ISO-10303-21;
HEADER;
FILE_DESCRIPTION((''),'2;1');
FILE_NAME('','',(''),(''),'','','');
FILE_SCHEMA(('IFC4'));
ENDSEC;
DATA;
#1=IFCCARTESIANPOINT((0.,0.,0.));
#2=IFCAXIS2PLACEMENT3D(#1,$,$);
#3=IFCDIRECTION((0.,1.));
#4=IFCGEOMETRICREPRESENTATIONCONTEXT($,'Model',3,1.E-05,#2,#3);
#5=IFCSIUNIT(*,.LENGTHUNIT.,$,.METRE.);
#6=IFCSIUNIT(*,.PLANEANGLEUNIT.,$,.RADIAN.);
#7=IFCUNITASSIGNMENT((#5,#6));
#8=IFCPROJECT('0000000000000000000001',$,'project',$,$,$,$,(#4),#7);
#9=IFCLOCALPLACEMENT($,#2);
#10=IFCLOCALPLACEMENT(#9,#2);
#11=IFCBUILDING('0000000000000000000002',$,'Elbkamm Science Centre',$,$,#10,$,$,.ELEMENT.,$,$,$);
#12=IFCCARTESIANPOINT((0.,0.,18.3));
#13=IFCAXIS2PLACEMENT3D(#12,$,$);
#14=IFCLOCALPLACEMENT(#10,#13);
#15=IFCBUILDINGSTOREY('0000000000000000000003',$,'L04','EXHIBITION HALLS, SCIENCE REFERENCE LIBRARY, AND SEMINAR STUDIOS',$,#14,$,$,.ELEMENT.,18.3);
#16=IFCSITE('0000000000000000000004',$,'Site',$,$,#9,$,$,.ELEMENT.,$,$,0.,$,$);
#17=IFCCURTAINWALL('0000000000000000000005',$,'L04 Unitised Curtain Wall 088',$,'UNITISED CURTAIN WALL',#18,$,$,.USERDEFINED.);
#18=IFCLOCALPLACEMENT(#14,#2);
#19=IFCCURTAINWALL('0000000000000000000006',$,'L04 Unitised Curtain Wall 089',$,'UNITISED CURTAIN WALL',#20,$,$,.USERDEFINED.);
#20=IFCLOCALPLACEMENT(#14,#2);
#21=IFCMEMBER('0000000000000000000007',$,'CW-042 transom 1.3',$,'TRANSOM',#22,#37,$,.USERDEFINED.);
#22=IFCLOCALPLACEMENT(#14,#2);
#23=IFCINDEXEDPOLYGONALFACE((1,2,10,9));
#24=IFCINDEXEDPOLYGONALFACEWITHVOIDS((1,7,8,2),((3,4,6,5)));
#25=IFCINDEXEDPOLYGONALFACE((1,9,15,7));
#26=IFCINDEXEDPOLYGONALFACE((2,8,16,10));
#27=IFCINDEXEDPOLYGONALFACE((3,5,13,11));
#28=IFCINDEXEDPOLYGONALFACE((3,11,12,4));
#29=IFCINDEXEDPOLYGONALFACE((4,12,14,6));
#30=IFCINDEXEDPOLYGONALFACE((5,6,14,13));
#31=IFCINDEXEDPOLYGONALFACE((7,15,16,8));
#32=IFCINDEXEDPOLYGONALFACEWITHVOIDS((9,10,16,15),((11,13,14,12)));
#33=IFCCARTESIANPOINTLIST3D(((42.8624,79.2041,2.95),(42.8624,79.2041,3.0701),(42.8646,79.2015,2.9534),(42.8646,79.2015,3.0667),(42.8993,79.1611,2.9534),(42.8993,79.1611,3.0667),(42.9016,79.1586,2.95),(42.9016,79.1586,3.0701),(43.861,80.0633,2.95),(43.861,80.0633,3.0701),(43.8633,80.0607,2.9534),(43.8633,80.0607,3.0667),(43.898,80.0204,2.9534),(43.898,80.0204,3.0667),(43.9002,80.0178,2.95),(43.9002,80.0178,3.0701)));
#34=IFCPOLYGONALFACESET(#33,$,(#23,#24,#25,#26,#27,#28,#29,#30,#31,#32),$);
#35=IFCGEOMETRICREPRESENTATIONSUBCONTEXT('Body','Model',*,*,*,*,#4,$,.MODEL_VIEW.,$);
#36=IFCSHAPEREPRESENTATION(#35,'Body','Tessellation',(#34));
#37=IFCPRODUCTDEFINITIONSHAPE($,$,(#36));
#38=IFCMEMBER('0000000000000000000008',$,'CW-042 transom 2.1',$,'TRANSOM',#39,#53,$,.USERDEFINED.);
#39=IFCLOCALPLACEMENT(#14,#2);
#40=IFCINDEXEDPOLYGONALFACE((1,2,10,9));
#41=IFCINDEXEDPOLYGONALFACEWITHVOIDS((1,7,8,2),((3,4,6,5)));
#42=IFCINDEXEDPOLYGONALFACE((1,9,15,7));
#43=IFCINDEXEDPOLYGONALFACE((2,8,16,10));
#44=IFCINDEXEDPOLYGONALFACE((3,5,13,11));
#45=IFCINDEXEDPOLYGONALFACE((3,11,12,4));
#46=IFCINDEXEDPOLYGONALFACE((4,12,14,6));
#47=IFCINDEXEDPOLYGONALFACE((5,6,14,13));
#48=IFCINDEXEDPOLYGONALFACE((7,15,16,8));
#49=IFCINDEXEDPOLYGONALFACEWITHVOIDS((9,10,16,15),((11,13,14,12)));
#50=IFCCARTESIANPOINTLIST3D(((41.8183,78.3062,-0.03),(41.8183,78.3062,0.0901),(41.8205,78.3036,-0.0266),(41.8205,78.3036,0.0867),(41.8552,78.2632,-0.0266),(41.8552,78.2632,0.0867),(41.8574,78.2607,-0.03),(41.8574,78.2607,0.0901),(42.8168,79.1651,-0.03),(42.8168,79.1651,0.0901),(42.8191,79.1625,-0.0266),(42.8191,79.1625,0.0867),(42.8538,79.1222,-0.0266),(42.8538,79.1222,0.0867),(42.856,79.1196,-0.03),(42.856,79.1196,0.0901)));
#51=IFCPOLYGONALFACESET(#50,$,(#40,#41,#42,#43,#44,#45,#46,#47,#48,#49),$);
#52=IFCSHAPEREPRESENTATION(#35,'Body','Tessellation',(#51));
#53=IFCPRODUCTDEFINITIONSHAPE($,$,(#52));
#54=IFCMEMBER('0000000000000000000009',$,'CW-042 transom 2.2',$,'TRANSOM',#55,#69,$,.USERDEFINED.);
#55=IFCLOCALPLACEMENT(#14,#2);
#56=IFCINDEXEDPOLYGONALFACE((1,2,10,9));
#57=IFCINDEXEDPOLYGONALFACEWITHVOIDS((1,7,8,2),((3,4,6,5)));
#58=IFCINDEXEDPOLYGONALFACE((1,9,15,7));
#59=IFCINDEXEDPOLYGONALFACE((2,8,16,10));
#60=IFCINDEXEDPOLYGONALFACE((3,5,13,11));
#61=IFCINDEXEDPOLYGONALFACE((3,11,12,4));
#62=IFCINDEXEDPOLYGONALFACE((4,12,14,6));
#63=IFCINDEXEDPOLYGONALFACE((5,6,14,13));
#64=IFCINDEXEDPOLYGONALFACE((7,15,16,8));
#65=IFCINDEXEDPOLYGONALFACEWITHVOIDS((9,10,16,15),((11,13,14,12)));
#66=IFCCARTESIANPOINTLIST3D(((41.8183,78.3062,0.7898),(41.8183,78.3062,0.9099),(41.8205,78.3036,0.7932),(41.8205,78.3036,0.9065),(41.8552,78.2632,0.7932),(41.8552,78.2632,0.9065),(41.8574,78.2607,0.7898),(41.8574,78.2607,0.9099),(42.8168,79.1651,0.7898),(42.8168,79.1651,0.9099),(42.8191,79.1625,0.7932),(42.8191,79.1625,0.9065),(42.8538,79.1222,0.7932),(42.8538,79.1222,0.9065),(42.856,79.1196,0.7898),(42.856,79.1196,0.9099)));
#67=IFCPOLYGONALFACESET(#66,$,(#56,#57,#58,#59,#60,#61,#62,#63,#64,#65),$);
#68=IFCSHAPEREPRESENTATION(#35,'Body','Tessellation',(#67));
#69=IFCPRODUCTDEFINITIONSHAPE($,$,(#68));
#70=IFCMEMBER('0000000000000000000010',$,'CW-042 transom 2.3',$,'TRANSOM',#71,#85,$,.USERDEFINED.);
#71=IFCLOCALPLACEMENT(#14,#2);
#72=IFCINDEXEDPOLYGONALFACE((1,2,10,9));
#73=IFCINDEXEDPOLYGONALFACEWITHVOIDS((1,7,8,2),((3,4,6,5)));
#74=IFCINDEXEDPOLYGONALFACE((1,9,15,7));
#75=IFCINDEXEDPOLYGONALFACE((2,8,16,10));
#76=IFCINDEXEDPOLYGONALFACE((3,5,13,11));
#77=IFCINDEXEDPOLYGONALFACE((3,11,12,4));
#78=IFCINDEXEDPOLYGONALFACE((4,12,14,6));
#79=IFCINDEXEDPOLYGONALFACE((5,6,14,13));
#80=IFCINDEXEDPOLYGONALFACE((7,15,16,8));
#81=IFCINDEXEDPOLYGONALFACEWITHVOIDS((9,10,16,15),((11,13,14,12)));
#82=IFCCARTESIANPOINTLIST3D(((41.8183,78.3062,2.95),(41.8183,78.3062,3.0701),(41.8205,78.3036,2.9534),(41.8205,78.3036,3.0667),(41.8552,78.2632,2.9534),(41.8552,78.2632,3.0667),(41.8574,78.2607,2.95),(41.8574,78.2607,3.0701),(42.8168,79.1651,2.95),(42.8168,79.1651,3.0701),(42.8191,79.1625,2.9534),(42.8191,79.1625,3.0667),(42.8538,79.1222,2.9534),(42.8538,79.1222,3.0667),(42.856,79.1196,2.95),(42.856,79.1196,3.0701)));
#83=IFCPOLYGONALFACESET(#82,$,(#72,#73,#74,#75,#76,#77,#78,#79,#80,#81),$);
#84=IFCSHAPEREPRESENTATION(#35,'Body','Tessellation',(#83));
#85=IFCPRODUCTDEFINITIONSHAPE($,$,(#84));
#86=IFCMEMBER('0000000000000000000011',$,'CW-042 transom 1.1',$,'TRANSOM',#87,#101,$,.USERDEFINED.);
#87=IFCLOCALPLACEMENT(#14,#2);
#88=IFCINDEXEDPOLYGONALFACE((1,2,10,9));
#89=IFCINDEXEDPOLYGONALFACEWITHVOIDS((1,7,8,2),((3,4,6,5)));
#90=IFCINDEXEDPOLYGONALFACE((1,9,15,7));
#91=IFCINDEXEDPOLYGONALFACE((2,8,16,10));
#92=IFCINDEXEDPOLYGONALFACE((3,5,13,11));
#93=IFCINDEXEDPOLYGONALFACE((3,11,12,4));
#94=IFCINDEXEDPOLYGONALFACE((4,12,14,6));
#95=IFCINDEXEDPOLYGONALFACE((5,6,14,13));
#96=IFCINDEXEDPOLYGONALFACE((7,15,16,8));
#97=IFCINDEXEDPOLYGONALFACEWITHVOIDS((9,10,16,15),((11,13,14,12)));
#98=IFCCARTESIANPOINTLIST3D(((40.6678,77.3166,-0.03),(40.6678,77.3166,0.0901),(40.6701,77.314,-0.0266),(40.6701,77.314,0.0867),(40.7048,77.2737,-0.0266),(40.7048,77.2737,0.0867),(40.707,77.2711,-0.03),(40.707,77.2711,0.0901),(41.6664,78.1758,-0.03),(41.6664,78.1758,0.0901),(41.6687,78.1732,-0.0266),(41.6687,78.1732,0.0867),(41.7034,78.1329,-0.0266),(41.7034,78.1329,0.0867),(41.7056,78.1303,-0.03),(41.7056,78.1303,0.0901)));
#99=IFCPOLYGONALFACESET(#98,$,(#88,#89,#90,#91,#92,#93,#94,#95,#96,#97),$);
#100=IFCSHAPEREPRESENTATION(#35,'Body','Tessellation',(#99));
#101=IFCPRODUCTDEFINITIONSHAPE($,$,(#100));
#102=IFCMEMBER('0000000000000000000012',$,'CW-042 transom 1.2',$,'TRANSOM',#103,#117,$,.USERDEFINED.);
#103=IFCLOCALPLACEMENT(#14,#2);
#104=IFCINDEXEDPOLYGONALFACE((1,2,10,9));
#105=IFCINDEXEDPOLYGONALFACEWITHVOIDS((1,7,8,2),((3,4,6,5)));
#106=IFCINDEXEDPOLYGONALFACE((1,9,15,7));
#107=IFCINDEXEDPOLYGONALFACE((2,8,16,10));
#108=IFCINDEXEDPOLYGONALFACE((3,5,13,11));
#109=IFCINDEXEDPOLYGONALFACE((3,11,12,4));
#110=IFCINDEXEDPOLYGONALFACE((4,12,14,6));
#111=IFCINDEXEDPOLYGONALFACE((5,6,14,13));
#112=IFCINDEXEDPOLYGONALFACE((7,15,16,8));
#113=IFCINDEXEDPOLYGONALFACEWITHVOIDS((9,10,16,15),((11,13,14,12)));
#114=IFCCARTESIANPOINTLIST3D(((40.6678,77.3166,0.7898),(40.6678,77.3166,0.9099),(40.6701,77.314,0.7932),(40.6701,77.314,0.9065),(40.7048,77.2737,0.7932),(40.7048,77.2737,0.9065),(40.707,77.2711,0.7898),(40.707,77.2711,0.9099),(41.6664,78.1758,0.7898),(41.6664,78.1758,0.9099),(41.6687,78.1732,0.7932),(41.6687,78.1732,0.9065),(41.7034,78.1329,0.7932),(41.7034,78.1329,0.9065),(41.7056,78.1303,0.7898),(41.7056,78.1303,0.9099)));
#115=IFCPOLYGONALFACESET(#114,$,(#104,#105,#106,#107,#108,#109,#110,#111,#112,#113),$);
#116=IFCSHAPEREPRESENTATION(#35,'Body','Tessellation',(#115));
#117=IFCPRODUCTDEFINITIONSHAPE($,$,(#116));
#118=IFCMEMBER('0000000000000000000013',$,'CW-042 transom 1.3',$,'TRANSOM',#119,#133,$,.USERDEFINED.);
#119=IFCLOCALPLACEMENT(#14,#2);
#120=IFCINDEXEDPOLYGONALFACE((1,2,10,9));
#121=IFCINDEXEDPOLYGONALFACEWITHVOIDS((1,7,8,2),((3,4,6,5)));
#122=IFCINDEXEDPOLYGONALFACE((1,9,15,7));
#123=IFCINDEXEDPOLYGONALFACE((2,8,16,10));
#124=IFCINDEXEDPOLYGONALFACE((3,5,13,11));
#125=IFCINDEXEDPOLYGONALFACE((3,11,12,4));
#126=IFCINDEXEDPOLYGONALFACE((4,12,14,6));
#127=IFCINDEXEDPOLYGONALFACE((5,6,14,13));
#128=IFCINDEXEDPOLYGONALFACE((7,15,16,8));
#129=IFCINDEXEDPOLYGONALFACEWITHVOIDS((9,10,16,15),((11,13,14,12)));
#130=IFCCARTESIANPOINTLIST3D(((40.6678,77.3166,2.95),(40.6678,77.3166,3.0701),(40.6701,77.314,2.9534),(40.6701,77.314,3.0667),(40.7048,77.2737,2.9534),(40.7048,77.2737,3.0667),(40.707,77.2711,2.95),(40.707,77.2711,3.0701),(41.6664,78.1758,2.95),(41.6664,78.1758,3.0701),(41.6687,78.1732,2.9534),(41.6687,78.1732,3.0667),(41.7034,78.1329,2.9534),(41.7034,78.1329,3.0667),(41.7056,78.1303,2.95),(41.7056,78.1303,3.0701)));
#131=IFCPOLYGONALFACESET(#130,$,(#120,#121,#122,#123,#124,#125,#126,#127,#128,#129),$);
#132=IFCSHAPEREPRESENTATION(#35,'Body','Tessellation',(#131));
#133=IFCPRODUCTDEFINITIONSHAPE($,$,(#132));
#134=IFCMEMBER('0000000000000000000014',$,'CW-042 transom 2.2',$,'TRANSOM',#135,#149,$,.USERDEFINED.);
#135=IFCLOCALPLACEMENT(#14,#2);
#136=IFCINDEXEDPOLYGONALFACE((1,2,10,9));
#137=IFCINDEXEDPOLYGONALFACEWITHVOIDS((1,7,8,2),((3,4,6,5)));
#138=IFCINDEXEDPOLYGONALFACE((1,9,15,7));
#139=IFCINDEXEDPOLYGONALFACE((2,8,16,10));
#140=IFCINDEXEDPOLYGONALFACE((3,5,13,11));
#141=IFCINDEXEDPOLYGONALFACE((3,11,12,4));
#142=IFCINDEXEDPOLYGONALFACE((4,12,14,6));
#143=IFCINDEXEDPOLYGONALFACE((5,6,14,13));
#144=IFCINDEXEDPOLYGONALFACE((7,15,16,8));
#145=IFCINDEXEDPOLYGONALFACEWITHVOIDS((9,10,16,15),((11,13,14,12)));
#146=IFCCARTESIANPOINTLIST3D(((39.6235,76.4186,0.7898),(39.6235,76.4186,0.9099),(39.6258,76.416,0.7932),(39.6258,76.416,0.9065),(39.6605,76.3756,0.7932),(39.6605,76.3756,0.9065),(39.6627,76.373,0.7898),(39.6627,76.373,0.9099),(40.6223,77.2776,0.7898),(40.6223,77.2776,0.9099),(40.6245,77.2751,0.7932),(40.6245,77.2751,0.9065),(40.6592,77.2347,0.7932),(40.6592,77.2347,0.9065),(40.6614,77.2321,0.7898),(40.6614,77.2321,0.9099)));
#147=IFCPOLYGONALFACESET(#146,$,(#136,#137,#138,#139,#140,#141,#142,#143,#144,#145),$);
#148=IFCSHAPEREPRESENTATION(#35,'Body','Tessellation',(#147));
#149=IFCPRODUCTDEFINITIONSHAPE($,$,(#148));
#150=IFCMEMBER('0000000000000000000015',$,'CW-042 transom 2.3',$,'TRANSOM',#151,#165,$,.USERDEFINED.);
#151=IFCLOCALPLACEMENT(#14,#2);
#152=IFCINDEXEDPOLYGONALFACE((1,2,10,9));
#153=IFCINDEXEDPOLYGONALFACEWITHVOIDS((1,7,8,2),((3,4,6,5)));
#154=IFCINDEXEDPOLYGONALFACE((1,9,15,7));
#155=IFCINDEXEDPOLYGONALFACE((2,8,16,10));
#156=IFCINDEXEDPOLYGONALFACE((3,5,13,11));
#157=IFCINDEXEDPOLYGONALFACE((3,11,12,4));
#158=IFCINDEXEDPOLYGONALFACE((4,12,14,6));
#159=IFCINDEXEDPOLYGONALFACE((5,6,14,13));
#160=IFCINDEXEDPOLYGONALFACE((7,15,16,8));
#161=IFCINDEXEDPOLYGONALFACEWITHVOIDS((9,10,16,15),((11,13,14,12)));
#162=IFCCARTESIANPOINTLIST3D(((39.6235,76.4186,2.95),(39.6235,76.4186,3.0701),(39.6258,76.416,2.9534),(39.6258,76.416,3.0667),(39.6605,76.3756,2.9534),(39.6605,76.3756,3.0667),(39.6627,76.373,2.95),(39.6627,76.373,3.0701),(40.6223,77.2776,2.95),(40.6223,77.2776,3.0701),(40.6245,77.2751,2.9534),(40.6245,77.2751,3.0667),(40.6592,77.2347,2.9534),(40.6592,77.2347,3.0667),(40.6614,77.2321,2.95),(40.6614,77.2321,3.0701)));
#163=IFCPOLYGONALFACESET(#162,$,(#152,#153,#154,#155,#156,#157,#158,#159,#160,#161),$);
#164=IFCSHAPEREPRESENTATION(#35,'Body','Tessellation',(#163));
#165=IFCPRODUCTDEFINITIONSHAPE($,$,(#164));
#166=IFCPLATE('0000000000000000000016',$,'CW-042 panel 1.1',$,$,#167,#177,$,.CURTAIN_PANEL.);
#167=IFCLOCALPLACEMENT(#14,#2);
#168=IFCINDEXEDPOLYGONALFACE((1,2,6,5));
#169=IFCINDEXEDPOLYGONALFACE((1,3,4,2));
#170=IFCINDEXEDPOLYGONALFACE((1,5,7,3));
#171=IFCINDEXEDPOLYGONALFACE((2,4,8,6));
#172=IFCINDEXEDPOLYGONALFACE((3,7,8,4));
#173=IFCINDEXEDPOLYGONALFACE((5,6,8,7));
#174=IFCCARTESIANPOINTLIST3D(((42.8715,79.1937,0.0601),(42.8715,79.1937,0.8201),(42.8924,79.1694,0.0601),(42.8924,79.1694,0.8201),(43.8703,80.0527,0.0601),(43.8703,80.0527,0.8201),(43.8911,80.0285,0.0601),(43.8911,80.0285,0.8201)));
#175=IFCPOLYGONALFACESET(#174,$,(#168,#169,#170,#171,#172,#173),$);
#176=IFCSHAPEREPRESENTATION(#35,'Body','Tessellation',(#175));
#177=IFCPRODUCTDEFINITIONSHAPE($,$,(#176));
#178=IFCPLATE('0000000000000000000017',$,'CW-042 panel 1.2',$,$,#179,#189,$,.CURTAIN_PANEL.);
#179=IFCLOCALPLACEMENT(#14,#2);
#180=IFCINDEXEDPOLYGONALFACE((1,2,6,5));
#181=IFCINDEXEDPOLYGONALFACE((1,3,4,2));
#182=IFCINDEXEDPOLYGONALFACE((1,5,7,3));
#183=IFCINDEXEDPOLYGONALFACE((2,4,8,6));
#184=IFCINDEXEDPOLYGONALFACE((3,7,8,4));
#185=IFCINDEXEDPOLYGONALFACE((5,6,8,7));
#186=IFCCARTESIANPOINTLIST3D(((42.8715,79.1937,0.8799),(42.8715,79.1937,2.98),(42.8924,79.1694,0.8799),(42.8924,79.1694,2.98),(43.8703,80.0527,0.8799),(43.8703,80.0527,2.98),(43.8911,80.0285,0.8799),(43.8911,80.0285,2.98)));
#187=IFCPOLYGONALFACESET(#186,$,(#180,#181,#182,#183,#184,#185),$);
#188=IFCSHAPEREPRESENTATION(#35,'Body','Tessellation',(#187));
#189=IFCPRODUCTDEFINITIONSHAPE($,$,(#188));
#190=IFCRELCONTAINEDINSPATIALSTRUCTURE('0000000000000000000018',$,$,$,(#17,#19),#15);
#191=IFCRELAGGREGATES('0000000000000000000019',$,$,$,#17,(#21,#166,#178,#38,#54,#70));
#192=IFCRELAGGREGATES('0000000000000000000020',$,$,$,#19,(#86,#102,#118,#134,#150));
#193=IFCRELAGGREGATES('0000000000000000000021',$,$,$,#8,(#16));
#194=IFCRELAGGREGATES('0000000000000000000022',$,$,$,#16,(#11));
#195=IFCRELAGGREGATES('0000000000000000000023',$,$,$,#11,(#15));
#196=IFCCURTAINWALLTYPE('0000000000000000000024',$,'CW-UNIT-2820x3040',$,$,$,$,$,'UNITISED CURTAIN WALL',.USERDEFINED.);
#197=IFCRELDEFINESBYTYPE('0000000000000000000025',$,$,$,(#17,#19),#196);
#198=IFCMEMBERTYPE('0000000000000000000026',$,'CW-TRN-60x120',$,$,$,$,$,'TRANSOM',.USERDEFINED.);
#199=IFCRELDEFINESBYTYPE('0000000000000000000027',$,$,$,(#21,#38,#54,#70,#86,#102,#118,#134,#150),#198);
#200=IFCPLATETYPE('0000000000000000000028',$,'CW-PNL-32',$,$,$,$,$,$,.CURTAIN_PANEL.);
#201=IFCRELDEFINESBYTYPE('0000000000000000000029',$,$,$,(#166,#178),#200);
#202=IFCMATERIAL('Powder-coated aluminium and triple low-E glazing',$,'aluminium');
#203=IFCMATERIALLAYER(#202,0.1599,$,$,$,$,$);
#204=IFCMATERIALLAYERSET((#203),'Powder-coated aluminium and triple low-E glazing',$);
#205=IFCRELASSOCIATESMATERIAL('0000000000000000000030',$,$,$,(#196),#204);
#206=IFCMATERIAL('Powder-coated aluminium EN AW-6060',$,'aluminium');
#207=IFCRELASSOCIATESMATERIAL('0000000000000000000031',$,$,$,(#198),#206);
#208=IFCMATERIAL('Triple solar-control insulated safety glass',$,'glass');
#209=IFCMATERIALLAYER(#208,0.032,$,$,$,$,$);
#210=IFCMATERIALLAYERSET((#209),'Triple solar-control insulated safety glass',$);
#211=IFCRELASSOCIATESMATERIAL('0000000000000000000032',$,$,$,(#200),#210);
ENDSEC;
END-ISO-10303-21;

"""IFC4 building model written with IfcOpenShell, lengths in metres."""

from ifc_helpers import new_model, si_unit, direction, frame, origin, origin_2d, place, context, subcontext, project, spatial, rectangle, hollow_rectangle, extrude, material, layer, layer_set, material_profile, profile_set, type_object, element, aggregate, save


model = new_model("IFC4")

# Units and contexts
model_context = context("Model", 3, precision=1e-05, world=origin(), true_north=direction((0.0, 1.0)))
body_context = subcontext(model_context, "Body", "Model", "MODEL_VIEW")
ifc_project = project(units=[si_unit("LENGTHUNIT", "METRE"), si_unit("PLANEANGLEUNIT", "RADIAN")], contexts=[model_context])

# Site, building, storey
site_placement = place(None, origin())
site = spatial("IfcSite", under=ifc_project, at=site_placement, Name="Site", CompositionType="ELEMENT", RefElevation=0.0)
building_placement = place(site_placement, origin())
building = spatial("IfcBuilding", under=site, at=building_placement, Name="Elbkamm Science Centre", CompositionType="ELEMENT")
storey_placement = place(building_placement, frame((0.0, 0.0, 18.3)))
storey = spatial("IfcBuildingStorey", under=building, at=storey_placement, Name="L04", Description="EXHIBITION HALLS, SCIENCE REFERENCE LIBRARY, AND SEMINAR STUDIOS", CompositionType="ELEMENT", Elevation=18.3)

# Curtain walls
ifc_material_1 = material(Name="Powder-coated aluminium and triple low-E glazing", Category="aluminium")
ifc_layer_1 = layer(ifc_material_1, 0.1599)
ifc_layer_set_1 = layer_set([ifc_layer_1], Name="Powder-coated aluminium and triple low-E glazing")
curtain_wall_type = type_object("IfcCurtainWallType", Name="CW-UNIT-2820x3040", ElementType="UNITISED CURTAIN WALL", PredefinedType="USERDEFINED", material=ifc_layer_set_1)
curtain_wall_1_placement = place(storey_placement, origin())
curtain_wall_1 = element("IfcCurtainWall", 1, at=curtain_wall_1_placement, inside=storey, type_object=curtain_wall_type, Name="L04 Unitised Curtain Wall 088", ObjectType="UNITISED CURTAIN WALL", PredefinedType="USERDEFINED")
ifc_material_2 = material(Name="Powder-coated aluminium EN AW-6060", Category="aluminium")
curtain_wall_2_placement = place(storey_placement, origin())
curtain_wall_2 = element("IfcCurtainWall", 2, at=curtain_wall_2_placement, inside=storey, type_object=curtain_wall_type, Name="L04 Unitised Curtain Wall 089", ObjectType="UNITISED CURTAIN WALL", PredefinedType="USERDEFINED")

# Members
ifc_material_profile_1 = material_profile(ifc_material_2, hollow_rectangle(XDim=0.0601, YDim=0.1201, WallThickness=0.0034, at=origin_2d()), Name="ALU T60x120")
ifc_profile_set_1 = profile_set([ifc_material_profile_1], Name="Powder-coated aluminium EN AW-6060")
member_type_1 = type_object("IfcMemberType", Name="CW-TRN-60x120", ElementType="TRANSOM", PredefinedType="USERDEFINED", material=ifc_profile_set_1)
member_1_placement = place(storey_placement, frame((43.8806, 80.0405, 3.01), z_axis=(-0.758039, -0.65221, 0.0), x_axis=(0.65221, -0.758039, 0.0)))
member_1 = element("IfcMember", 3, at=member_1_placement, type_object=member_type_1, Name="CW-042 transom 1.3", ObjectType="TRANSOM", PredefinedType="USERDEFINED", context=body_context, shape_type="SweptSolid", body=[
    extrude(hollow_rectangle(XDim=0.0601, YDim=0.1201, WallThickness=0.0034, at=origin_2d()), origin(), (0.0, 0.0, 1.0), 1.3174),
])
member_2_placement = place(storey_placement, frame((42.8364, 79.1423, 0.03), z_axis=(-0.75813, -0.652103, 0.0), x_axis=(0.652103, -0.75813, 0.0)))
member_2 = element("IfcMember", 4, at=member_2_placement, type_object=member_type_1, Name="CW-042 transom 2.1", ObjectType="TRANSOM", PredefinedType="USERDEFINED", context=body_context, shape_type="SweptSolid", body=[
    extrude(hollow_rectangle(XDim=0.0601, YDim=0.1201, WallThickness=0.0034, at=origin_2d()), origin(), (0.0, 0.0, 1.0), 1.3171),
])
member_3_placement = place(storey_placement, frame((42.8364, 79.1423, 0.8499), z_axis=(-0.75813, -0.652103, 0.0), x_axis=(0.652103, -0.75813, 0.0)))
member_3 = element("IfcMember", 5, at=member_3_placement, type_object=member_type_1, Name="CW-042 transom 2.2", ObjectType="TRANSOM", PredefinedType="USERDEFINED", context=body_context, shape_type="SweptSolid", body=[
    extrude(hollow_rectangle(XDim=0.0601, YDim=0.1201, WallThickness=0.0034, at=origin_2d()), origin(), (0.0, 0.0, 1.0), 1.3171),
])
member_4_placement = place(storey_placement, frame((42.8364, 79.1423, 3.01), z_axis=(-0.75813, -0.652103, 0.0), x_axis=(0.652103, -0.75813, 0.0)))
member_4 = element("IfcMember", 6, at=member_4_placement, type_object=member_type_1, Name="CW-042 transom 2.3", ObjectType="TRANSOM", PredefinedType="USERDEFINED", context=body_context, shape_type="SweptSolid", body=[
    extrude(hollow_rectangle(XDim=0.0601, YDim=0.1201, WallThickness=0.0034, at=origin_2d()), origin(), (0.0, 0.0, 1.0), 1.3171),
])
member_5_placement = place(storey_placement, frame((41.686, 78.1531, 0.03), z_axis=(-0.758039, -0.65221, 0.0), x_axis=(0.65221, -0.758039, 0.0)))
member_5 = element("IfcMember", 7, at=member_5_placement, type_object=member_type_1, Name="CW-042 transom 1.1", ObjectType="TRANSOM", PredefinedType="USERDEFINED", context=body_context, shape_type="SweptSolid", body=[
    extrude(hollow_rectangle(XDim=0.0601, YDim=0.1201, WallThickness=0.0034, at=origin_2d()), origin(), (0.0, 0.0, 1.0), 1.3174),
])
member_6_placement = place(storey_placement, frame((41.686, 78.1531, 0.8499), z_axis=(-0.758039, -0.65221, 0.0), x_axis=(0.65221, -0.758039, 0.0)))
member_6 = element("IfcMember", 8, at=member_6_placement, type_object=member_type_1, Name="CW-042 transom 1.2", ObjectType="TRANSOM", PredefinedType="USERDEFINED", context=body_context, shape_type="SweptSolid", body=[
    extrude(hollow_rectangle(XDim=0.0601, YDim=0.1201, WallThickness=0.0034, at=origin_2d()), origin(), (0.0, 0.0, 1.0), 1.3174),
])
member_7_placement = place(storey_placement, frame((41.686, 78.1531, 3.01), z_axis=(-0.758039, -0.65221, 0.0), x_axis=(0.65221, -0.758039, 0.0)))
member_7 = element("IfcMember", 9, at=member_7_placement, type_object=member_type_1, Name="CW-042 transom 1.3", ObjectType="TRANSOM", PredefinedType="USERDEFINED", context=body_context, shape_type="SweptSolid", body=[
    extrude(hollow_rectangle(XDim=0.0601, YDim=0.1201, WallThickness=0.0034, at=origin_2d()), origin(), (0.0, 0.0, 1.0), 1.3174),
])
member_8_placement = place(storey_placement, frame((40.6418, 77.2549, 0.8499), z_axis=(-0.758117, -0.652118, 0.0), x_axis=(0.652118, -0.758117, 0.0)))
member_8 = element("IfcMember", 10, at=member_8_placement, type_object=member_type_1, Name="CW-042 transom 2.2", ObjectType="TRANSOM", PredefinedType="USERDEFINED", context=body_context, shape_type="SweptSolid", body=[
    extrude(hollow_rectangle(XDim=0.0601, YDim=0.1201, WallThickness=0.0034, at=origin_2d()), origin(), (0.0, 0.0, 1.0), 1.3174),
])
member_9_placement = place(storey_placement, frame((40.6418, 77.2549, 3.01), z_axis=(-0.758117, -0.652118, 0.0), x_axis=(0.652118, -0.758117, 0.0)))
member_9 = element("IfcMember", 11, at=member_9_placement, type_object=member_type_1, Name="CW-042 transom 2.3", ObjectType="TRANSOM", PredefinedType="USERDEFINED", context=body_context, shape_type="SweptSolid", body=[
    extrude(hollow_rectangle(XDim=0.0601, YDim=0.1201, WallThickness=0.0034, at=origin_2d()), origin(), (0.0, 0.0, 1.0), 1.3174),
])

# Plates
ifc_material_3 = material(Name="Triple solar-control insulated safety glass", Category="glass")
ifc_layer_2 = layer(ifc_material_3, 0.032)
ifc_layer_set_2 = layer_set([ifc_layer_2], Name="Triple solar-control insulated safety glass")
plate_type = type_object("IfcPlateType", Name="CW-PNL-32", PredefinedType="CURTAIN_PANEL", material=ifc_layer_set_2)
plate_1_placement = place(storey_placement, frame((43.3813, 79.6111, 0.0601), z_axis=(0.0, 0.0, 1.0), x_axis=(-0.758124, -0.65211, 0.0)))
plate_1 = element("IfcPlate", 12, at=plate_1_placement, type_object=plate_type, Name="CW-042 panel 1.1", PredefinedType="CURTAIN_PANEL", context=body_context, shape_type="SweptSolid", body=[
    extrude(rectangle(XDim=1.3174, YDim=0.032, at=origin_2d()), origin(), (0.0, 0.0, 1.0), 0.76),
])
plate_2_placement = place(storey_placement, frame((43.3813, 79.6111, 0.8799), z_axis=(0.0, 0.0, 1.0), x_axis=(-0.758124, -0.65211, 0.0)))
plate_2 = element("IfcPlate", 13, at=plate_2_placement, type_object=plate_type, Name="CW-042 panel 1.2", PredefinedType="CURTAIN_PANEL", context=body_context, shape_type="SweptSolid", body=[
    extrude(rectangle(XDim=1.3174, YDim=0.032, at=origin_2d()), origin(), (0.0, 0.0, 1.0), 2.1001),
])
aggregate(curtain_wall_1, [member_1, plate_1, plate_2, member_2, member_3, member_4])
aggregate(curtain_wall_2, [member_5, member_6, member_7, member_8, member_9])

save(model, "model.ifc")
